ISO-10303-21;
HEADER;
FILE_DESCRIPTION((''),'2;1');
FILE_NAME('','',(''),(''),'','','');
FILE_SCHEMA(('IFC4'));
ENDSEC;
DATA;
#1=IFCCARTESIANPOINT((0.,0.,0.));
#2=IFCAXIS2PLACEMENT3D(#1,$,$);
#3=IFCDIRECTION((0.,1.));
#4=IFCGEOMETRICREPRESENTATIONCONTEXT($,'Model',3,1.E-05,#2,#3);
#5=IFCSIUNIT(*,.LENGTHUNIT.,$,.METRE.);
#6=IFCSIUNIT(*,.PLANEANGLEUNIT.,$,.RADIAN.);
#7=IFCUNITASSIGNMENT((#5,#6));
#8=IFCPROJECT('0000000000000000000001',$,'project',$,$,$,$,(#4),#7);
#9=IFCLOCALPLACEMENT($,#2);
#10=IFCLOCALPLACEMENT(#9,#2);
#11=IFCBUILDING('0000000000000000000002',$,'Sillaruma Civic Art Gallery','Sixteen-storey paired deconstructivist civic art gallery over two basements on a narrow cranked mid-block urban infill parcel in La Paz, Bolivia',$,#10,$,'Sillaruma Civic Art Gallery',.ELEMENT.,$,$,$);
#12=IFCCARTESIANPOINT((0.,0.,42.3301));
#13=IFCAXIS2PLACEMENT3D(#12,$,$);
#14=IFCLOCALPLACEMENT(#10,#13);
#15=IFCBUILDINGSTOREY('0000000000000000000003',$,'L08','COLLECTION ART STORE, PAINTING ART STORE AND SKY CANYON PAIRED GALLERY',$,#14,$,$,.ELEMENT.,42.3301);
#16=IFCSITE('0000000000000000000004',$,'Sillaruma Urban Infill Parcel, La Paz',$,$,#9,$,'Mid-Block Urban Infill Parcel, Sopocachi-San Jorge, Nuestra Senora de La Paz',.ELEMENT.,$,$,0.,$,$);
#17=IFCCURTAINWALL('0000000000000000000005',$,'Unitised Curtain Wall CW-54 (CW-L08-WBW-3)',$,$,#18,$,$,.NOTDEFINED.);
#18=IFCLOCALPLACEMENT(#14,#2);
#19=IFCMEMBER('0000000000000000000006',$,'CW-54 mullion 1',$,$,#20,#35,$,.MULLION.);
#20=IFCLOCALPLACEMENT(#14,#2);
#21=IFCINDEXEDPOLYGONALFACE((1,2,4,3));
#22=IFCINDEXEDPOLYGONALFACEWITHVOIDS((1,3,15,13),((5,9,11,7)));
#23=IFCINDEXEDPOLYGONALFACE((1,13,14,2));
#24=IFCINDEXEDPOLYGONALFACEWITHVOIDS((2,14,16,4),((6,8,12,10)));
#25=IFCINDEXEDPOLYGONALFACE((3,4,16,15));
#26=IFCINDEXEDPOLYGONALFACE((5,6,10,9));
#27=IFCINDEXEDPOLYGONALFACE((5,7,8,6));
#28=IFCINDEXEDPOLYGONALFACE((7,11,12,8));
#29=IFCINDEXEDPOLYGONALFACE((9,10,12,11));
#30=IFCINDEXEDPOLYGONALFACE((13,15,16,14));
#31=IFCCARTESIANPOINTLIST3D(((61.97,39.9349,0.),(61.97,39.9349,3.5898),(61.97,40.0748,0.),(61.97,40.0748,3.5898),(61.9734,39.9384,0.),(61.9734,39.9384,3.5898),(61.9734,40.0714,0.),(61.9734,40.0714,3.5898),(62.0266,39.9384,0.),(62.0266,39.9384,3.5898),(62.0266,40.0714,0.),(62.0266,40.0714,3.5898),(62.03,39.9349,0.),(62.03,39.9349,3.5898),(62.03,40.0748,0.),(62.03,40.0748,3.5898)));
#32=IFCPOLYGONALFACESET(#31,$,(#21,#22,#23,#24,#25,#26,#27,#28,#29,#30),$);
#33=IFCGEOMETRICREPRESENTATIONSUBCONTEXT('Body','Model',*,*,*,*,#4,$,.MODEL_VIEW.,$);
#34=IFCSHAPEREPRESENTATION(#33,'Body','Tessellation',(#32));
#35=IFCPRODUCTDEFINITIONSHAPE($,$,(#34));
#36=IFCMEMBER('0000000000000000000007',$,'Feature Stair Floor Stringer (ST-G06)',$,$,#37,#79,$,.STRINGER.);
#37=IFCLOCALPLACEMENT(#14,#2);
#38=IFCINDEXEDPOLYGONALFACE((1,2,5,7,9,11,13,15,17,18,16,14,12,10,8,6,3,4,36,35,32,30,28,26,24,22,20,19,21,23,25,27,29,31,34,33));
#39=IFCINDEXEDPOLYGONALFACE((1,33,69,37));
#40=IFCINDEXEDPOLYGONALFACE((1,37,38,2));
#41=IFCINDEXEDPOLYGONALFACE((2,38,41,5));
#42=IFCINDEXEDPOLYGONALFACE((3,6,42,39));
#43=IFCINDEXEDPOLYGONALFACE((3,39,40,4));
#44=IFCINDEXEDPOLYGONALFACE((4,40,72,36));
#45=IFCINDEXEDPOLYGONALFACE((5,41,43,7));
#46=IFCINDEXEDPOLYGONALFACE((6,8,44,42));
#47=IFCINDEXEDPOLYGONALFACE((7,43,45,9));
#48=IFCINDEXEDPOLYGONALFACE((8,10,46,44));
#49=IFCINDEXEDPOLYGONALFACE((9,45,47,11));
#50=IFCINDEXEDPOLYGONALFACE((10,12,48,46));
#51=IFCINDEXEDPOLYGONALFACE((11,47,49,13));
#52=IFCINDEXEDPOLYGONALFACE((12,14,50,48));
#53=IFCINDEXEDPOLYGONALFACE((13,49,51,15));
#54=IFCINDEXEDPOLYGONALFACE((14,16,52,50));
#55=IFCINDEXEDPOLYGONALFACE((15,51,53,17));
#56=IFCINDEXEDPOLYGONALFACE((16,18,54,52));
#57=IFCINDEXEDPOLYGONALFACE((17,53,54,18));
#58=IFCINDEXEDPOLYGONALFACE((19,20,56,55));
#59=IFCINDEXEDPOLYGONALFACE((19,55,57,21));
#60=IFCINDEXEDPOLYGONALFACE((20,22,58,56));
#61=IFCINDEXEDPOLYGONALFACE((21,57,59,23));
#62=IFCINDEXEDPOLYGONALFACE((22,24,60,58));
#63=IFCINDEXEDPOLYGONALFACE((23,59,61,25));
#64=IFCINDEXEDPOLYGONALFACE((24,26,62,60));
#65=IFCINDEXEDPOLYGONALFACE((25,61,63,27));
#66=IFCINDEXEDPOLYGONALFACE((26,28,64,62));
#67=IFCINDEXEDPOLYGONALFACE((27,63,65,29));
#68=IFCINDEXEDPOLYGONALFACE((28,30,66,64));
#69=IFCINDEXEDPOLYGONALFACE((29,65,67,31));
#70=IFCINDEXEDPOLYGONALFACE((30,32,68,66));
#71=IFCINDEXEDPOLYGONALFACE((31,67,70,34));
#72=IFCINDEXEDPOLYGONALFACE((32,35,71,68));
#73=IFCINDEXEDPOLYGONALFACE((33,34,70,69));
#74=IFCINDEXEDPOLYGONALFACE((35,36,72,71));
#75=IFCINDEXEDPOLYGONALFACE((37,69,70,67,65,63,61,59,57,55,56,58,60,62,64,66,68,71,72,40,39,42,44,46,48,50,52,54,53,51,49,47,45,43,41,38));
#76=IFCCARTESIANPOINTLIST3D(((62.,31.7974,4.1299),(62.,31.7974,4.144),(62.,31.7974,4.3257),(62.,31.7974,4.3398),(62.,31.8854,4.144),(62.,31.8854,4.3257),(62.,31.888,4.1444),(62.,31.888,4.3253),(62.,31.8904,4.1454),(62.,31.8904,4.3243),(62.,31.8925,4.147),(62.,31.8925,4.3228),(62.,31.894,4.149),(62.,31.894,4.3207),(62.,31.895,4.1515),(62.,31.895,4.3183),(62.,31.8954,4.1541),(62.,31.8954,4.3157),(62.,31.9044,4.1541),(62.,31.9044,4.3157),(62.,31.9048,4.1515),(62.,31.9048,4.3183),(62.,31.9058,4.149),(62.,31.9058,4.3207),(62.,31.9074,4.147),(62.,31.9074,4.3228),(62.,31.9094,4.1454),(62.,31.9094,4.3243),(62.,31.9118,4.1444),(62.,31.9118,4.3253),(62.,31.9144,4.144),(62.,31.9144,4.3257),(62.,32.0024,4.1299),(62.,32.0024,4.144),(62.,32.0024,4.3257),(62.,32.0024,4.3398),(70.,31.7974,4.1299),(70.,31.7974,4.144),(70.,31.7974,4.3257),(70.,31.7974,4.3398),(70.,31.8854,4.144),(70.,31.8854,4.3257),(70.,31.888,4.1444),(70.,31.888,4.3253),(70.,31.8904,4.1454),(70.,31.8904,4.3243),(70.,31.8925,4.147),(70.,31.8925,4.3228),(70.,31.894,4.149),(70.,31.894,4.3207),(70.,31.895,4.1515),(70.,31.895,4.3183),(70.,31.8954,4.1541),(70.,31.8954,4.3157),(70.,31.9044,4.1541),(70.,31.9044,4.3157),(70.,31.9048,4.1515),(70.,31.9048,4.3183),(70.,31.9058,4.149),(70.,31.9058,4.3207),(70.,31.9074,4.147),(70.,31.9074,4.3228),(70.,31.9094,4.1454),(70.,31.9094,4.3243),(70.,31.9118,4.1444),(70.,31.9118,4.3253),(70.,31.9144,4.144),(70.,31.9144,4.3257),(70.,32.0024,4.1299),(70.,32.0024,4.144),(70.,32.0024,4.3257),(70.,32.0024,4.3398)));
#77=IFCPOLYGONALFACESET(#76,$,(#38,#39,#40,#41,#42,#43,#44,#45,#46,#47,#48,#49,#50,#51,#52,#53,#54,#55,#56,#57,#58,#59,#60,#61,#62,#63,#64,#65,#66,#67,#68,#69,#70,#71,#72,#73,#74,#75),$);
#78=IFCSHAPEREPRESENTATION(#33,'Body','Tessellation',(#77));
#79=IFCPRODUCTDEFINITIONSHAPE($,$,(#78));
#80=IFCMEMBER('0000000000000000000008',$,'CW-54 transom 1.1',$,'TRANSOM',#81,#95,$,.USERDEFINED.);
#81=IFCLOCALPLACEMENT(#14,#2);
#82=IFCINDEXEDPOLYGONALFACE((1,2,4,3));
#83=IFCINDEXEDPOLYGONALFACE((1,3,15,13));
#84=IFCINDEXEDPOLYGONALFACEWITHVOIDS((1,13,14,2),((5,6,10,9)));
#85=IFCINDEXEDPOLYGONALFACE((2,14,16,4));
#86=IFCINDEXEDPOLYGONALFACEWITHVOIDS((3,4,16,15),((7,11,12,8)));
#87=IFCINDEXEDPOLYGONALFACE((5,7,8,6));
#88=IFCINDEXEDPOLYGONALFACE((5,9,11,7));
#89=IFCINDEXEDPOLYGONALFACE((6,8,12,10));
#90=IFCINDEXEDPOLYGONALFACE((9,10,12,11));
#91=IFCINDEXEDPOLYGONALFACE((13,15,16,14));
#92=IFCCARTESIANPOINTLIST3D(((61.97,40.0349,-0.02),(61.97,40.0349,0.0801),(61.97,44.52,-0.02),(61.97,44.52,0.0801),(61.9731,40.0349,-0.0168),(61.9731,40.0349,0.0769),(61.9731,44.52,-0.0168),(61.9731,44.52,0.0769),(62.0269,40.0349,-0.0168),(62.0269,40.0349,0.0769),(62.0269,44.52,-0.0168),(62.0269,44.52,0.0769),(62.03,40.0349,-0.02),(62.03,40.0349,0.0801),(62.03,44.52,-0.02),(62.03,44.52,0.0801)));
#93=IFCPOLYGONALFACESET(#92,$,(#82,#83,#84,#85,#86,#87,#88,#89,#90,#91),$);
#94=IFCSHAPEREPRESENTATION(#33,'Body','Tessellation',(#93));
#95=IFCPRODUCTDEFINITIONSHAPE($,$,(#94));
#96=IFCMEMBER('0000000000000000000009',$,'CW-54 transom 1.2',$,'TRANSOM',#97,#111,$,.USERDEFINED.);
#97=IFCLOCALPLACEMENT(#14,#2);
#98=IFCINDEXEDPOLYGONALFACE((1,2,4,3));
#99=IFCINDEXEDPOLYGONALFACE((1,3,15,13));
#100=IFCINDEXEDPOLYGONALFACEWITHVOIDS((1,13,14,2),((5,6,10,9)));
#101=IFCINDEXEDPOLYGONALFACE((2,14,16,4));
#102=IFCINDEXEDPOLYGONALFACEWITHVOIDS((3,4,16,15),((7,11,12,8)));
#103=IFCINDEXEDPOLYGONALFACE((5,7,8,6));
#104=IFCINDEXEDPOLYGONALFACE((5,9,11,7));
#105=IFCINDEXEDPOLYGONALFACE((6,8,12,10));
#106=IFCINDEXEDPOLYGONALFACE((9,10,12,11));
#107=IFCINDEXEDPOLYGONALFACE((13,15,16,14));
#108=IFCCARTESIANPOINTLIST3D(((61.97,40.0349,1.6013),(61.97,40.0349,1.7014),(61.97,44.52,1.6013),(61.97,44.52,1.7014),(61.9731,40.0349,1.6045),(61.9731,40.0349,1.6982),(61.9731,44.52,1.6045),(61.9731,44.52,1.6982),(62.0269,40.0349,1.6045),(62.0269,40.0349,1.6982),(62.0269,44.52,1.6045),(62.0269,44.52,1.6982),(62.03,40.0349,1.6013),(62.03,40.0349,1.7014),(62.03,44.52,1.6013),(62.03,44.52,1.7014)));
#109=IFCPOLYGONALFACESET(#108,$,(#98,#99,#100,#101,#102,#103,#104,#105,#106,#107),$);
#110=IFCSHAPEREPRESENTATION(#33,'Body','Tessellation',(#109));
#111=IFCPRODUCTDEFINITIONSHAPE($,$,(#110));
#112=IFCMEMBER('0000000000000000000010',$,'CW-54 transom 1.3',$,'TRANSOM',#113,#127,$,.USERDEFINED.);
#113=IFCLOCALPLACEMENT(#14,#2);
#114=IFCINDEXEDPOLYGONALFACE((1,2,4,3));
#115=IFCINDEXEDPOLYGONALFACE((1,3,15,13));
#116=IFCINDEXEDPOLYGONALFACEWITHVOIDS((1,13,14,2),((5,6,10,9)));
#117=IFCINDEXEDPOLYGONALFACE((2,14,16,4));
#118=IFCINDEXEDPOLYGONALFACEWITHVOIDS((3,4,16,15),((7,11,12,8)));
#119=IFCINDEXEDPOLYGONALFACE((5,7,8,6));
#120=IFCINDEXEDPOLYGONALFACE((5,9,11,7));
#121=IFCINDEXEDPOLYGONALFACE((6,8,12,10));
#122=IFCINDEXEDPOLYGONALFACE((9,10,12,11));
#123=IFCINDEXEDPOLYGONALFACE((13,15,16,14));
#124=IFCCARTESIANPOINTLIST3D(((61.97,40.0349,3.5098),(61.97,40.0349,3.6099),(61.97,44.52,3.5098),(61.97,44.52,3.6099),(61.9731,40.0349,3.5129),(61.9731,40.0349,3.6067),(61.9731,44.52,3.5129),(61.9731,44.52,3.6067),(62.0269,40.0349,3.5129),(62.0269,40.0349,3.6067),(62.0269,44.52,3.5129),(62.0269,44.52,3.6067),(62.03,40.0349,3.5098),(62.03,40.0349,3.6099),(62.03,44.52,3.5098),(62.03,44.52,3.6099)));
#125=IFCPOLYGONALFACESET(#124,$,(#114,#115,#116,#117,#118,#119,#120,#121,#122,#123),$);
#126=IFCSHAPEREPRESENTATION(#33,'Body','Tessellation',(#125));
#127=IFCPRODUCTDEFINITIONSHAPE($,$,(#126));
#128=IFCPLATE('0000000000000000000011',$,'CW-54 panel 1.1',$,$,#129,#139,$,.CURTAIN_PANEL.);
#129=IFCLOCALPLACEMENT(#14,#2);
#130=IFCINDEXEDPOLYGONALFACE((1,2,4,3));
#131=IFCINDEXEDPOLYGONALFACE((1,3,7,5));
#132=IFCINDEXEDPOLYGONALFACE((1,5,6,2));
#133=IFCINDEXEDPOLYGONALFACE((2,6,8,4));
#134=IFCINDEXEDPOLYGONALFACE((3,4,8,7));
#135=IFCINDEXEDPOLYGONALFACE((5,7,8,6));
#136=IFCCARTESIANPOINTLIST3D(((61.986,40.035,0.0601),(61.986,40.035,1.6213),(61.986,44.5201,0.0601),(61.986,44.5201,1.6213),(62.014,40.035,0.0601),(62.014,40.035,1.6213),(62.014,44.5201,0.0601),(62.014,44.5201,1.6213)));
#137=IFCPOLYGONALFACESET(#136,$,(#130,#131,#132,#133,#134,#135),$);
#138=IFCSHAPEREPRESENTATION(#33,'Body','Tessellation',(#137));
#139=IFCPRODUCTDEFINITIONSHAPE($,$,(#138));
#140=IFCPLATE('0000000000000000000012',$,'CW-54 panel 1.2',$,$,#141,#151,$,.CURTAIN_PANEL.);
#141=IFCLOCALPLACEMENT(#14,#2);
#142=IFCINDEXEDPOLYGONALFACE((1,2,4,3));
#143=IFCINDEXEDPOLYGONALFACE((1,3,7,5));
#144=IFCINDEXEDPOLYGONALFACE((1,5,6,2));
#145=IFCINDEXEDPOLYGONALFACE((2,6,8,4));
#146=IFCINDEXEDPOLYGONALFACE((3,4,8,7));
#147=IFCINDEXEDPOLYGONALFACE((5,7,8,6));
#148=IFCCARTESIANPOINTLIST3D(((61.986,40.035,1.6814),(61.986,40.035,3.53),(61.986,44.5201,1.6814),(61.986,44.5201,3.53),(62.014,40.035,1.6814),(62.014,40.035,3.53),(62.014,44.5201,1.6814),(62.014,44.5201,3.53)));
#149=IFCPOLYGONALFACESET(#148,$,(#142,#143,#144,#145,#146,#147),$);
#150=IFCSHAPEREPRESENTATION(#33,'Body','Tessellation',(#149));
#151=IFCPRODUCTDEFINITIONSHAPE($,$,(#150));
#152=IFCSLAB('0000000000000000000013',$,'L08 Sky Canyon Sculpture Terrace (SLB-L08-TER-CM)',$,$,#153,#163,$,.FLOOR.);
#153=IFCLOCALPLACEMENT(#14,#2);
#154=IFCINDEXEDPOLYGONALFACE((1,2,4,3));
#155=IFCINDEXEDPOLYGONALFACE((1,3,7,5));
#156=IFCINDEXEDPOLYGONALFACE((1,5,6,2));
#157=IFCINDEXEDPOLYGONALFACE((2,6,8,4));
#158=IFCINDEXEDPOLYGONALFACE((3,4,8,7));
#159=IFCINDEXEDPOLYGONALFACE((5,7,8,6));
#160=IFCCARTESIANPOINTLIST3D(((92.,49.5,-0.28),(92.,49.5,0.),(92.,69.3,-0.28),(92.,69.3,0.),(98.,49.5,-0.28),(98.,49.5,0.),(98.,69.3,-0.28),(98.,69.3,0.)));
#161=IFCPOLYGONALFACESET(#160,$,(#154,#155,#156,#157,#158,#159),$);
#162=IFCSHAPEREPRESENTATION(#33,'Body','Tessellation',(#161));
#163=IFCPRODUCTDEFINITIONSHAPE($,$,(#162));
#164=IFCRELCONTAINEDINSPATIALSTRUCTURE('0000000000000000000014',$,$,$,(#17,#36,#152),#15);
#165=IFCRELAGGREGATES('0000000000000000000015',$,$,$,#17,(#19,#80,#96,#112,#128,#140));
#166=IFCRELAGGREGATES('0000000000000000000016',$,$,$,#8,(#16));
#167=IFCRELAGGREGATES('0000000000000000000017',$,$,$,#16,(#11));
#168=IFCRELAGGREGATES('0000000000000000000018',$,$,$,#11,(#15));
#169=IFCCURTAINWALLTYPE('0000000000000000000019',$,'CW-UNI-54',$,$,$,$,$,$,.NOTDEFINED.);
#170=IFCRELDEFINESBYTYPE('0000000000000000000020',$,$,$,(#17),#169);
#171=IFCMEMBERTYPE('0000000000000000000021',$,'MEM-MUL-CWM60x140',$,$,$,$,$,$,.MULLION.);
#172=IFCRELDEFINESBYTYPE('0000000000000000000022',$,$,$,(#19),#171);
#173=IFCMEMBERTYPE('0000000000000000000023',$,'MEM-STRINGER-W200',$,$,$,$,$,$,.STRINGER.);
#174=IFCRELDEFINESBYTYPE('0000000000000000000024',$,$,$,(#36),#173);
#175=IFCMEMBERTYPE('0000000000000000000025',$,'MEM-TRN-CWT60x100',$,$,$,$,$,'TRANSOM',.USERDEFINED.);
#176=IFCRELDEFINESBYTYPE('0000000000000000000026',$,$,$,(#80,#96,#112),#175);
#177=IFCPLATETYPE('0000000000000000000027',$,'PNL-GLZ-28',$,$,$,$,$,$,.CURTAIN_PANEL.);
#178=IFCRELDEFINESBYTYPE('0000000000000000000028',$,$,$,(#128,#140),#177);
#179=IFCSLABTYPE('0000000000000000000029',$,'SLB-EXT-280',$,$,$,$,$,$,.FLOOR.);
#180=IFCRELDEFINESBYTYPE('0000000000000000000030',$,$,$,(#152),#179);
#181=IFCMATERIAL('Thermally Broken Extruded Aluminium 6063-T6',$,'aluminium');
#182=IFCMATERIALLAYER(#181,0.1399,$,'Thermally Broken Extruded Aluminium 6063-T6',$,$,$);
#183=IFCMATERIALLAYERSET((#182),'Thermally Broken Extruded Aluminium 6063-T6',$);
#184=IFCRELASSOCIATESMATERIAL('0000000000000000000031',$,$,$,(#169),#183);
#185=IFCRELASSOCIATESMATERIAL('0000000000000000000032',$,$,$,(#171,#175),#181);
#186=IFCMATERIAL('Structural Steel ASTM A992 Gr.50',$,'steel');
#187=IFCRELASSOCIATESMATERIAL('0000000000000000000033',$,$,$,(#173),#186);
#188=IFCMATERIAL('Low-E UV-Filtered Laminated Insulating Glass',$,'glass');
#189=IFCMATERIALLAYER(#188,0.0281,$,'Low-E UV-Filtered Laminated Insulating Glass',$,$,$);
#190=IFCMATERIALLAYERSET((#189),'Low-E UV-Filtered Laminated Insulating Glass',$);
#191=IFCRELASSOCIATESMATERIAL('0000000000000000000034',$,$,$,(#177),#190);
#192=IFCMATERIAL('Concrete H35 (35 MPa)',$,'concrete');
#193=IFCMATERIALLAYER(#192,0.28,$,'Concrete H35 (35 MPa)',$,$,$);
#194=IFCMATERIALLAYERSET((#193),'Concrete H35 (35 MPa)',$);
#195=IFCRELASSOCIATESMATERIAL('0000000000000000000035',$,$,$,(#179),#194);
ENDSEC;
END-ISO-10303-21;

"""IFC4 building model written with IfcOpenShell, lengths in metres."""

from ifc_helpers import new_model, si_unit, direction, frame, origin, origin_2d, place, context, subcontext, project, spatial, polyline, rectangle, hollow_rectangle, i_section, outline, extrude, material, layer, layer_set, material_profile, profile_set, type_object, element, aggregate, save


model = new_model("IFC4")

# Units and contexts
model_context = context("Model", 3, precision=1e-05, world=origin(), true_north=direction((0.0, 1.0)))
body_context = subcontext(model_context, "Body", "Model", "MODEL_VIEW")
ifc_project = project(units=[si_unit("LENGTHUNIT", "METRE"), si_unit("PLANEANGLEUNIT", "RADIAN")], contexts=[model_context])

# Site, building, storey
site_placement = place(None, origin())
site = spatial("IfcSite", under=ifc_project, at=site_placement, Name="Sillaruma Urban Infill Parcel, La Paz", LongName="Mid-Block Urban Infill Parcel, Sopocachi-San Jorge, Nuestra Senora de La Paz", CompositionType="ELEMENT", RefElevation=0.0)
building_placement = place(site_placement, origin())
building = spatial("IfcBuilding", under=site, at=building_placement, Name="Sillaruma Civic Art Gallery", Description="Sixteen-storey paired deconstructivist civic art gallery over two basements on a narrow cranked mid-block urban infill parcel in La Paz, Bolivia", LongName="Sillaruma Civic Art Gallery", CompositionType="ELEMENT")
storey_placement = place(building_placement, frame((0.0, 0.0, 42.3301)))
storey = spatial("IfcBuildingStorey", under=building, at=storey_placement, Name="L08", Description="COLLECTION ART STORE, PAINTING ART STORE AND SKY CANYON PAIRED GALLERY", CompositionType="ELEMENT", Elevation=42.3301)

# Shared definitions
ifc_material_1 = material(Name="Concrete H35 (35 MPa)", Category="concrete")

# Curtain wall, member
ifc_material_2 = material(Name="Thermally Broken Extruded Aluminium 6063-T6", Category="aluminium")
ifc_layer_1 = layer(ifc_material_2, 0.1399, Name="Thermally Broken Extruded Aluminium 6063-T6")
ifc_layer_set_1 = layer_set([ifc_layer_1], Name="Thermally Broken Extruded Aluminium 6063-T6")
curtain_wall_type = type_object("IfcCurtainWallType", Name="CW-UNI-54", PredefinedType="NOTDEFINED", material=ifc_layer_set_1)
curtain_wall_placement = place(storey_placement, origin())
curtain_wall = element("IfcCurtainWall", 1, at=curtain_wall_placement, inside=storey, type_object=curtain_wall_type, Name="Unitised Curtain Wall CW-54 (CW-L08-WBW-3)", PredefinedType="NOTDEFINED")
ifc_material_profile_1 = material_profile(ifc_material_2, hollow_rectangle(XDim=0.0601, YDim=0.1399, WallThickness=0.0034, at=origin_2d()), Name="CWM60x140")
ifc_profile_set_1 = profile_set([ifc_material_profile_1], Name="Thermally Broken Extruded Aluminium 6063-T6")
member_type_1 = type_object("IfcMemberType", Name="MEM-MUL-CWM60x140", PredefinedType="MULLION", material=ifc_profile_set_1)
member_1_placement = place(storey_placement, frame((62.0, 40.0049, 0.0), z_axis=(0.0, 0.0, 1.0), x_axis=(-1.0, 0.0, 0.0)))
member_1 = element("IfcMember", 2, at=member_1_placement, type_object=member_type_1, Name="CW-54 mullion 1", PredefinedType="MULLION", context=body_context, shape_type="SweptSolid", body=[
    extrude(hollow_rectangle(XDim=0.0601, YDim=0.1399, WallThickness=0.0034, at=origin_2d()), origin(), (0.0, 0.0, 1.0), 3.5898),
])

# Members
ifc_material_3 = material(Name="Structural Steel ASTM A992 Gr.50", Category="steel")
ifc_material_profile_2 = material_profile(ifc_material_3, i_section(OverallWidth=0.2051, OverallDepth=0.21, WebThickness=0.009, FlangeThickness=0.0142, FilletRadius=0.01, at=origin_2d()), Name="W200x59")
ifc_profile_set_2 = profile_set([ifc_material_profile_2], Name="Structural Steel ASTM A992 Gr.50")
member_type_2 = type_object("IfcMemberType", Name="MEM-STRINGER-W200", PredefinedType="STRINGER", material=ifc_profile_set_2)
member_2_placement = place(storey_placement, frame((62.0, 31.8999, 4.2349), z_axis=(1.0, 0.0, 0.0), x_axis=(0.0, 1.0, 0.0)))
element("IfcMember", 3, at=member_2_placement, inside=storey, type_object=member_type_2, Name="Feature Stair Floor Stringer (ST-G06)", PredefinedType="STRINGER", context=body_context, shape_type="SweptSolid", body=[
    extrude(i_section(OverallWidth=0.2051, OverallDepth=0.21, WebThickness=0.009, FlangeThickness=0.0142, FilletRadius=0.01, at=origin_2d()), origin(), (0.0, 0.0, 1.0), 8.0),
])
ifc_material_profile_3 = material_profile(ifc_material_2, hollow_rectangle(XDim=0.0601, YDim=0.1001, WallThickness=0.0032, at=origin_2d()), Name="CWT60x100")
ifc_profile_set_3 = profile_set([ifc_material_profile_3], Name="Thermally Broken Extruded Aluminium 6063-T6")
member_type_3 = type_object("IfcMemberType", Name="MEM-TRN-CWT60x100", ElementType="TRANSOM", PredefinedType="USERDEFINED", material=ifc_profile_set_3)
member_3_placement = place(storey_placement, frame((62.0, 40.0349, 0.03), z_axis=(0.0, 1.0, 0.0), x_axis=(-1.0, 0.0, 0.0)))
member_3 = element("IfcMember", 4, at=member_3_placement, type_object=member_type_3, Name="CW-54 transom 1.1", ObjectType="TRANSOM", PredefinedType="USERDEFINED", context=body_context, shape_type="SweptSolid", body=[
    extrude(hollow_rectangle(XDim=0.0601, YDim=0.1001, WallThickness=0.0032, at=origin_2d()), origin(), (0.0, 0.0, 1.0), 4.4851),
])
member_4_placement = place(storey_placement, frame((62.0, 40.0349, 1.6514), z_axis=(0.0, 1.0, 0.0), x_axis=(-1.0, 0.0, 0.0)))
member_4 = element("IfcMember", 5, at=member_4_placement, type_object=member_type_3, Name="CW-54 transom 1.2", ObjectType="TRANSOM", PredefinedType="USERDEFINED", context=body_context, shape_type="SweptSolid", body=[
    extrude(hollow_rectangle(XDim=0.0601, YDim=0.1001, WallThickness=0.0032, at=origin_2d()), origin(), (0.0, 0.0, 1.0), 4.4851),
])
member_5_placement = place(storey_placement, frame((62.0, 40.0349, 3.5598), z_axis=(0.0, 1.0, 0.0), x_axis=(-1.0, 0.0, 0.0)))
member_5 = element("IfcMember", 6, at=member_5_placement, type_object=member_type_3, Name="CW-54 transom 1.3", ObjectType="TRANSOM", PredefinedType="USERDEFINED", context=body_context, shape_type="SweptSolid", body=[
    extrude(hollow_rectangle(XDim=0.0601, YDim=0.1001, WallThickness=0.0032, at=origin_2d()), origin(), (0.0, 0.0, 1.0), 4.4851),
])

# Plates
ifc_material_4 = material(Name="Low-E UV-Filtered Laminated Insulating Glass", Category="glass")
ifc_layer_2 = layer(ifc_material_4, 0.0281, Name="Low-E UV-Filtered Laminated Insulating Glass")
ifc_layer_set_2 = layer_set([ifc_layer_2], Name="Low-E UV-Filtered Laminated Insulating Glass")
plate_type = type_object("IfcPlateType", Name="PNL-GLZ-28", PredefinedType="CURTAIN_PANEL", material=ifc_layer_set_2)
plate_1_placement = place(storey_placement, frame((62.0, 42.2776, 0.0601), z_axis=(0.0, 0.0, 1.0), x_axis=(0.0, 1.0, 0.0)))
plate_1 = element("IfcPlate", 7, at=plate_1_placement, type_object=plate_type, Name="CW-54 panel 1.1", PredefinedType="CURTAIN_PANEL", context=body_context, shape_type="SweptSolid", body=[
    extrude(rectangle(XDim=4.4851, YDim=0.0281, at=origin_2d()), origin(), (0.0, 0.0, 1.0), 1.5613),
])
plate_2_placement = place(storey_placement, frame((62.0, 42.2776, 1.6814), z_axis=(0.0, 0.0, 1.0), x_axis=(0.0, 1.0, 0.0)))
plate_2 = element("IfcPlate", 8, at=plate_2_placement, type_object=plate_type, Name="CW-54 panel 1.2", PredefinedType="CURTAIN_PANEL", context=body_context, shape_type="SweptSolid", body=[
    extrude(rectangle(XDim=4.4851, YDim=0.0281, at=origin_2d()), origin(), (0.0, 0.0, 1.0), 1.8486),
])
aggregate(curtain_wall, [member_1, member_3, member_4, member_5, plate_1, plate_2])

# Slab
ifc_layer_3 = layer(ifc_material_1, 0.28, Name="Concrete H35 (35 MPa)")
ifc_layer_set_3 = layer_set([ifc_layer_3], Name="Concrete H35 (35 MPa)")
slab_type_1 = type_object("IfcSlabType", Name="SLB-EXT-280", PredefinedType="FLOOR", material=ifc_layer_set_3)
slab_1_placement = place(storey_placement, frame((0.0, 0.0, -0.28)))
element("IfcSlab", 9, at=slab_1_placement, inside=storey, type_object=slab_type_1, Name="L08 Sky Canyon Sculpture Terrace (SLB-L08-TER-CM)", PredefinedType="FLOOR", context=body_context, shape_type="SweptSolid", body=[
    extrude(outline(polyline([(92.0, 49.5), (98.0, 49.5), (98.0, 69.3), (92.0, 69.3), (92.0, 49.5)])), origin(), (0.0, 0.0, 1.0), 0.28),
])

save(model, "model.ifc")
